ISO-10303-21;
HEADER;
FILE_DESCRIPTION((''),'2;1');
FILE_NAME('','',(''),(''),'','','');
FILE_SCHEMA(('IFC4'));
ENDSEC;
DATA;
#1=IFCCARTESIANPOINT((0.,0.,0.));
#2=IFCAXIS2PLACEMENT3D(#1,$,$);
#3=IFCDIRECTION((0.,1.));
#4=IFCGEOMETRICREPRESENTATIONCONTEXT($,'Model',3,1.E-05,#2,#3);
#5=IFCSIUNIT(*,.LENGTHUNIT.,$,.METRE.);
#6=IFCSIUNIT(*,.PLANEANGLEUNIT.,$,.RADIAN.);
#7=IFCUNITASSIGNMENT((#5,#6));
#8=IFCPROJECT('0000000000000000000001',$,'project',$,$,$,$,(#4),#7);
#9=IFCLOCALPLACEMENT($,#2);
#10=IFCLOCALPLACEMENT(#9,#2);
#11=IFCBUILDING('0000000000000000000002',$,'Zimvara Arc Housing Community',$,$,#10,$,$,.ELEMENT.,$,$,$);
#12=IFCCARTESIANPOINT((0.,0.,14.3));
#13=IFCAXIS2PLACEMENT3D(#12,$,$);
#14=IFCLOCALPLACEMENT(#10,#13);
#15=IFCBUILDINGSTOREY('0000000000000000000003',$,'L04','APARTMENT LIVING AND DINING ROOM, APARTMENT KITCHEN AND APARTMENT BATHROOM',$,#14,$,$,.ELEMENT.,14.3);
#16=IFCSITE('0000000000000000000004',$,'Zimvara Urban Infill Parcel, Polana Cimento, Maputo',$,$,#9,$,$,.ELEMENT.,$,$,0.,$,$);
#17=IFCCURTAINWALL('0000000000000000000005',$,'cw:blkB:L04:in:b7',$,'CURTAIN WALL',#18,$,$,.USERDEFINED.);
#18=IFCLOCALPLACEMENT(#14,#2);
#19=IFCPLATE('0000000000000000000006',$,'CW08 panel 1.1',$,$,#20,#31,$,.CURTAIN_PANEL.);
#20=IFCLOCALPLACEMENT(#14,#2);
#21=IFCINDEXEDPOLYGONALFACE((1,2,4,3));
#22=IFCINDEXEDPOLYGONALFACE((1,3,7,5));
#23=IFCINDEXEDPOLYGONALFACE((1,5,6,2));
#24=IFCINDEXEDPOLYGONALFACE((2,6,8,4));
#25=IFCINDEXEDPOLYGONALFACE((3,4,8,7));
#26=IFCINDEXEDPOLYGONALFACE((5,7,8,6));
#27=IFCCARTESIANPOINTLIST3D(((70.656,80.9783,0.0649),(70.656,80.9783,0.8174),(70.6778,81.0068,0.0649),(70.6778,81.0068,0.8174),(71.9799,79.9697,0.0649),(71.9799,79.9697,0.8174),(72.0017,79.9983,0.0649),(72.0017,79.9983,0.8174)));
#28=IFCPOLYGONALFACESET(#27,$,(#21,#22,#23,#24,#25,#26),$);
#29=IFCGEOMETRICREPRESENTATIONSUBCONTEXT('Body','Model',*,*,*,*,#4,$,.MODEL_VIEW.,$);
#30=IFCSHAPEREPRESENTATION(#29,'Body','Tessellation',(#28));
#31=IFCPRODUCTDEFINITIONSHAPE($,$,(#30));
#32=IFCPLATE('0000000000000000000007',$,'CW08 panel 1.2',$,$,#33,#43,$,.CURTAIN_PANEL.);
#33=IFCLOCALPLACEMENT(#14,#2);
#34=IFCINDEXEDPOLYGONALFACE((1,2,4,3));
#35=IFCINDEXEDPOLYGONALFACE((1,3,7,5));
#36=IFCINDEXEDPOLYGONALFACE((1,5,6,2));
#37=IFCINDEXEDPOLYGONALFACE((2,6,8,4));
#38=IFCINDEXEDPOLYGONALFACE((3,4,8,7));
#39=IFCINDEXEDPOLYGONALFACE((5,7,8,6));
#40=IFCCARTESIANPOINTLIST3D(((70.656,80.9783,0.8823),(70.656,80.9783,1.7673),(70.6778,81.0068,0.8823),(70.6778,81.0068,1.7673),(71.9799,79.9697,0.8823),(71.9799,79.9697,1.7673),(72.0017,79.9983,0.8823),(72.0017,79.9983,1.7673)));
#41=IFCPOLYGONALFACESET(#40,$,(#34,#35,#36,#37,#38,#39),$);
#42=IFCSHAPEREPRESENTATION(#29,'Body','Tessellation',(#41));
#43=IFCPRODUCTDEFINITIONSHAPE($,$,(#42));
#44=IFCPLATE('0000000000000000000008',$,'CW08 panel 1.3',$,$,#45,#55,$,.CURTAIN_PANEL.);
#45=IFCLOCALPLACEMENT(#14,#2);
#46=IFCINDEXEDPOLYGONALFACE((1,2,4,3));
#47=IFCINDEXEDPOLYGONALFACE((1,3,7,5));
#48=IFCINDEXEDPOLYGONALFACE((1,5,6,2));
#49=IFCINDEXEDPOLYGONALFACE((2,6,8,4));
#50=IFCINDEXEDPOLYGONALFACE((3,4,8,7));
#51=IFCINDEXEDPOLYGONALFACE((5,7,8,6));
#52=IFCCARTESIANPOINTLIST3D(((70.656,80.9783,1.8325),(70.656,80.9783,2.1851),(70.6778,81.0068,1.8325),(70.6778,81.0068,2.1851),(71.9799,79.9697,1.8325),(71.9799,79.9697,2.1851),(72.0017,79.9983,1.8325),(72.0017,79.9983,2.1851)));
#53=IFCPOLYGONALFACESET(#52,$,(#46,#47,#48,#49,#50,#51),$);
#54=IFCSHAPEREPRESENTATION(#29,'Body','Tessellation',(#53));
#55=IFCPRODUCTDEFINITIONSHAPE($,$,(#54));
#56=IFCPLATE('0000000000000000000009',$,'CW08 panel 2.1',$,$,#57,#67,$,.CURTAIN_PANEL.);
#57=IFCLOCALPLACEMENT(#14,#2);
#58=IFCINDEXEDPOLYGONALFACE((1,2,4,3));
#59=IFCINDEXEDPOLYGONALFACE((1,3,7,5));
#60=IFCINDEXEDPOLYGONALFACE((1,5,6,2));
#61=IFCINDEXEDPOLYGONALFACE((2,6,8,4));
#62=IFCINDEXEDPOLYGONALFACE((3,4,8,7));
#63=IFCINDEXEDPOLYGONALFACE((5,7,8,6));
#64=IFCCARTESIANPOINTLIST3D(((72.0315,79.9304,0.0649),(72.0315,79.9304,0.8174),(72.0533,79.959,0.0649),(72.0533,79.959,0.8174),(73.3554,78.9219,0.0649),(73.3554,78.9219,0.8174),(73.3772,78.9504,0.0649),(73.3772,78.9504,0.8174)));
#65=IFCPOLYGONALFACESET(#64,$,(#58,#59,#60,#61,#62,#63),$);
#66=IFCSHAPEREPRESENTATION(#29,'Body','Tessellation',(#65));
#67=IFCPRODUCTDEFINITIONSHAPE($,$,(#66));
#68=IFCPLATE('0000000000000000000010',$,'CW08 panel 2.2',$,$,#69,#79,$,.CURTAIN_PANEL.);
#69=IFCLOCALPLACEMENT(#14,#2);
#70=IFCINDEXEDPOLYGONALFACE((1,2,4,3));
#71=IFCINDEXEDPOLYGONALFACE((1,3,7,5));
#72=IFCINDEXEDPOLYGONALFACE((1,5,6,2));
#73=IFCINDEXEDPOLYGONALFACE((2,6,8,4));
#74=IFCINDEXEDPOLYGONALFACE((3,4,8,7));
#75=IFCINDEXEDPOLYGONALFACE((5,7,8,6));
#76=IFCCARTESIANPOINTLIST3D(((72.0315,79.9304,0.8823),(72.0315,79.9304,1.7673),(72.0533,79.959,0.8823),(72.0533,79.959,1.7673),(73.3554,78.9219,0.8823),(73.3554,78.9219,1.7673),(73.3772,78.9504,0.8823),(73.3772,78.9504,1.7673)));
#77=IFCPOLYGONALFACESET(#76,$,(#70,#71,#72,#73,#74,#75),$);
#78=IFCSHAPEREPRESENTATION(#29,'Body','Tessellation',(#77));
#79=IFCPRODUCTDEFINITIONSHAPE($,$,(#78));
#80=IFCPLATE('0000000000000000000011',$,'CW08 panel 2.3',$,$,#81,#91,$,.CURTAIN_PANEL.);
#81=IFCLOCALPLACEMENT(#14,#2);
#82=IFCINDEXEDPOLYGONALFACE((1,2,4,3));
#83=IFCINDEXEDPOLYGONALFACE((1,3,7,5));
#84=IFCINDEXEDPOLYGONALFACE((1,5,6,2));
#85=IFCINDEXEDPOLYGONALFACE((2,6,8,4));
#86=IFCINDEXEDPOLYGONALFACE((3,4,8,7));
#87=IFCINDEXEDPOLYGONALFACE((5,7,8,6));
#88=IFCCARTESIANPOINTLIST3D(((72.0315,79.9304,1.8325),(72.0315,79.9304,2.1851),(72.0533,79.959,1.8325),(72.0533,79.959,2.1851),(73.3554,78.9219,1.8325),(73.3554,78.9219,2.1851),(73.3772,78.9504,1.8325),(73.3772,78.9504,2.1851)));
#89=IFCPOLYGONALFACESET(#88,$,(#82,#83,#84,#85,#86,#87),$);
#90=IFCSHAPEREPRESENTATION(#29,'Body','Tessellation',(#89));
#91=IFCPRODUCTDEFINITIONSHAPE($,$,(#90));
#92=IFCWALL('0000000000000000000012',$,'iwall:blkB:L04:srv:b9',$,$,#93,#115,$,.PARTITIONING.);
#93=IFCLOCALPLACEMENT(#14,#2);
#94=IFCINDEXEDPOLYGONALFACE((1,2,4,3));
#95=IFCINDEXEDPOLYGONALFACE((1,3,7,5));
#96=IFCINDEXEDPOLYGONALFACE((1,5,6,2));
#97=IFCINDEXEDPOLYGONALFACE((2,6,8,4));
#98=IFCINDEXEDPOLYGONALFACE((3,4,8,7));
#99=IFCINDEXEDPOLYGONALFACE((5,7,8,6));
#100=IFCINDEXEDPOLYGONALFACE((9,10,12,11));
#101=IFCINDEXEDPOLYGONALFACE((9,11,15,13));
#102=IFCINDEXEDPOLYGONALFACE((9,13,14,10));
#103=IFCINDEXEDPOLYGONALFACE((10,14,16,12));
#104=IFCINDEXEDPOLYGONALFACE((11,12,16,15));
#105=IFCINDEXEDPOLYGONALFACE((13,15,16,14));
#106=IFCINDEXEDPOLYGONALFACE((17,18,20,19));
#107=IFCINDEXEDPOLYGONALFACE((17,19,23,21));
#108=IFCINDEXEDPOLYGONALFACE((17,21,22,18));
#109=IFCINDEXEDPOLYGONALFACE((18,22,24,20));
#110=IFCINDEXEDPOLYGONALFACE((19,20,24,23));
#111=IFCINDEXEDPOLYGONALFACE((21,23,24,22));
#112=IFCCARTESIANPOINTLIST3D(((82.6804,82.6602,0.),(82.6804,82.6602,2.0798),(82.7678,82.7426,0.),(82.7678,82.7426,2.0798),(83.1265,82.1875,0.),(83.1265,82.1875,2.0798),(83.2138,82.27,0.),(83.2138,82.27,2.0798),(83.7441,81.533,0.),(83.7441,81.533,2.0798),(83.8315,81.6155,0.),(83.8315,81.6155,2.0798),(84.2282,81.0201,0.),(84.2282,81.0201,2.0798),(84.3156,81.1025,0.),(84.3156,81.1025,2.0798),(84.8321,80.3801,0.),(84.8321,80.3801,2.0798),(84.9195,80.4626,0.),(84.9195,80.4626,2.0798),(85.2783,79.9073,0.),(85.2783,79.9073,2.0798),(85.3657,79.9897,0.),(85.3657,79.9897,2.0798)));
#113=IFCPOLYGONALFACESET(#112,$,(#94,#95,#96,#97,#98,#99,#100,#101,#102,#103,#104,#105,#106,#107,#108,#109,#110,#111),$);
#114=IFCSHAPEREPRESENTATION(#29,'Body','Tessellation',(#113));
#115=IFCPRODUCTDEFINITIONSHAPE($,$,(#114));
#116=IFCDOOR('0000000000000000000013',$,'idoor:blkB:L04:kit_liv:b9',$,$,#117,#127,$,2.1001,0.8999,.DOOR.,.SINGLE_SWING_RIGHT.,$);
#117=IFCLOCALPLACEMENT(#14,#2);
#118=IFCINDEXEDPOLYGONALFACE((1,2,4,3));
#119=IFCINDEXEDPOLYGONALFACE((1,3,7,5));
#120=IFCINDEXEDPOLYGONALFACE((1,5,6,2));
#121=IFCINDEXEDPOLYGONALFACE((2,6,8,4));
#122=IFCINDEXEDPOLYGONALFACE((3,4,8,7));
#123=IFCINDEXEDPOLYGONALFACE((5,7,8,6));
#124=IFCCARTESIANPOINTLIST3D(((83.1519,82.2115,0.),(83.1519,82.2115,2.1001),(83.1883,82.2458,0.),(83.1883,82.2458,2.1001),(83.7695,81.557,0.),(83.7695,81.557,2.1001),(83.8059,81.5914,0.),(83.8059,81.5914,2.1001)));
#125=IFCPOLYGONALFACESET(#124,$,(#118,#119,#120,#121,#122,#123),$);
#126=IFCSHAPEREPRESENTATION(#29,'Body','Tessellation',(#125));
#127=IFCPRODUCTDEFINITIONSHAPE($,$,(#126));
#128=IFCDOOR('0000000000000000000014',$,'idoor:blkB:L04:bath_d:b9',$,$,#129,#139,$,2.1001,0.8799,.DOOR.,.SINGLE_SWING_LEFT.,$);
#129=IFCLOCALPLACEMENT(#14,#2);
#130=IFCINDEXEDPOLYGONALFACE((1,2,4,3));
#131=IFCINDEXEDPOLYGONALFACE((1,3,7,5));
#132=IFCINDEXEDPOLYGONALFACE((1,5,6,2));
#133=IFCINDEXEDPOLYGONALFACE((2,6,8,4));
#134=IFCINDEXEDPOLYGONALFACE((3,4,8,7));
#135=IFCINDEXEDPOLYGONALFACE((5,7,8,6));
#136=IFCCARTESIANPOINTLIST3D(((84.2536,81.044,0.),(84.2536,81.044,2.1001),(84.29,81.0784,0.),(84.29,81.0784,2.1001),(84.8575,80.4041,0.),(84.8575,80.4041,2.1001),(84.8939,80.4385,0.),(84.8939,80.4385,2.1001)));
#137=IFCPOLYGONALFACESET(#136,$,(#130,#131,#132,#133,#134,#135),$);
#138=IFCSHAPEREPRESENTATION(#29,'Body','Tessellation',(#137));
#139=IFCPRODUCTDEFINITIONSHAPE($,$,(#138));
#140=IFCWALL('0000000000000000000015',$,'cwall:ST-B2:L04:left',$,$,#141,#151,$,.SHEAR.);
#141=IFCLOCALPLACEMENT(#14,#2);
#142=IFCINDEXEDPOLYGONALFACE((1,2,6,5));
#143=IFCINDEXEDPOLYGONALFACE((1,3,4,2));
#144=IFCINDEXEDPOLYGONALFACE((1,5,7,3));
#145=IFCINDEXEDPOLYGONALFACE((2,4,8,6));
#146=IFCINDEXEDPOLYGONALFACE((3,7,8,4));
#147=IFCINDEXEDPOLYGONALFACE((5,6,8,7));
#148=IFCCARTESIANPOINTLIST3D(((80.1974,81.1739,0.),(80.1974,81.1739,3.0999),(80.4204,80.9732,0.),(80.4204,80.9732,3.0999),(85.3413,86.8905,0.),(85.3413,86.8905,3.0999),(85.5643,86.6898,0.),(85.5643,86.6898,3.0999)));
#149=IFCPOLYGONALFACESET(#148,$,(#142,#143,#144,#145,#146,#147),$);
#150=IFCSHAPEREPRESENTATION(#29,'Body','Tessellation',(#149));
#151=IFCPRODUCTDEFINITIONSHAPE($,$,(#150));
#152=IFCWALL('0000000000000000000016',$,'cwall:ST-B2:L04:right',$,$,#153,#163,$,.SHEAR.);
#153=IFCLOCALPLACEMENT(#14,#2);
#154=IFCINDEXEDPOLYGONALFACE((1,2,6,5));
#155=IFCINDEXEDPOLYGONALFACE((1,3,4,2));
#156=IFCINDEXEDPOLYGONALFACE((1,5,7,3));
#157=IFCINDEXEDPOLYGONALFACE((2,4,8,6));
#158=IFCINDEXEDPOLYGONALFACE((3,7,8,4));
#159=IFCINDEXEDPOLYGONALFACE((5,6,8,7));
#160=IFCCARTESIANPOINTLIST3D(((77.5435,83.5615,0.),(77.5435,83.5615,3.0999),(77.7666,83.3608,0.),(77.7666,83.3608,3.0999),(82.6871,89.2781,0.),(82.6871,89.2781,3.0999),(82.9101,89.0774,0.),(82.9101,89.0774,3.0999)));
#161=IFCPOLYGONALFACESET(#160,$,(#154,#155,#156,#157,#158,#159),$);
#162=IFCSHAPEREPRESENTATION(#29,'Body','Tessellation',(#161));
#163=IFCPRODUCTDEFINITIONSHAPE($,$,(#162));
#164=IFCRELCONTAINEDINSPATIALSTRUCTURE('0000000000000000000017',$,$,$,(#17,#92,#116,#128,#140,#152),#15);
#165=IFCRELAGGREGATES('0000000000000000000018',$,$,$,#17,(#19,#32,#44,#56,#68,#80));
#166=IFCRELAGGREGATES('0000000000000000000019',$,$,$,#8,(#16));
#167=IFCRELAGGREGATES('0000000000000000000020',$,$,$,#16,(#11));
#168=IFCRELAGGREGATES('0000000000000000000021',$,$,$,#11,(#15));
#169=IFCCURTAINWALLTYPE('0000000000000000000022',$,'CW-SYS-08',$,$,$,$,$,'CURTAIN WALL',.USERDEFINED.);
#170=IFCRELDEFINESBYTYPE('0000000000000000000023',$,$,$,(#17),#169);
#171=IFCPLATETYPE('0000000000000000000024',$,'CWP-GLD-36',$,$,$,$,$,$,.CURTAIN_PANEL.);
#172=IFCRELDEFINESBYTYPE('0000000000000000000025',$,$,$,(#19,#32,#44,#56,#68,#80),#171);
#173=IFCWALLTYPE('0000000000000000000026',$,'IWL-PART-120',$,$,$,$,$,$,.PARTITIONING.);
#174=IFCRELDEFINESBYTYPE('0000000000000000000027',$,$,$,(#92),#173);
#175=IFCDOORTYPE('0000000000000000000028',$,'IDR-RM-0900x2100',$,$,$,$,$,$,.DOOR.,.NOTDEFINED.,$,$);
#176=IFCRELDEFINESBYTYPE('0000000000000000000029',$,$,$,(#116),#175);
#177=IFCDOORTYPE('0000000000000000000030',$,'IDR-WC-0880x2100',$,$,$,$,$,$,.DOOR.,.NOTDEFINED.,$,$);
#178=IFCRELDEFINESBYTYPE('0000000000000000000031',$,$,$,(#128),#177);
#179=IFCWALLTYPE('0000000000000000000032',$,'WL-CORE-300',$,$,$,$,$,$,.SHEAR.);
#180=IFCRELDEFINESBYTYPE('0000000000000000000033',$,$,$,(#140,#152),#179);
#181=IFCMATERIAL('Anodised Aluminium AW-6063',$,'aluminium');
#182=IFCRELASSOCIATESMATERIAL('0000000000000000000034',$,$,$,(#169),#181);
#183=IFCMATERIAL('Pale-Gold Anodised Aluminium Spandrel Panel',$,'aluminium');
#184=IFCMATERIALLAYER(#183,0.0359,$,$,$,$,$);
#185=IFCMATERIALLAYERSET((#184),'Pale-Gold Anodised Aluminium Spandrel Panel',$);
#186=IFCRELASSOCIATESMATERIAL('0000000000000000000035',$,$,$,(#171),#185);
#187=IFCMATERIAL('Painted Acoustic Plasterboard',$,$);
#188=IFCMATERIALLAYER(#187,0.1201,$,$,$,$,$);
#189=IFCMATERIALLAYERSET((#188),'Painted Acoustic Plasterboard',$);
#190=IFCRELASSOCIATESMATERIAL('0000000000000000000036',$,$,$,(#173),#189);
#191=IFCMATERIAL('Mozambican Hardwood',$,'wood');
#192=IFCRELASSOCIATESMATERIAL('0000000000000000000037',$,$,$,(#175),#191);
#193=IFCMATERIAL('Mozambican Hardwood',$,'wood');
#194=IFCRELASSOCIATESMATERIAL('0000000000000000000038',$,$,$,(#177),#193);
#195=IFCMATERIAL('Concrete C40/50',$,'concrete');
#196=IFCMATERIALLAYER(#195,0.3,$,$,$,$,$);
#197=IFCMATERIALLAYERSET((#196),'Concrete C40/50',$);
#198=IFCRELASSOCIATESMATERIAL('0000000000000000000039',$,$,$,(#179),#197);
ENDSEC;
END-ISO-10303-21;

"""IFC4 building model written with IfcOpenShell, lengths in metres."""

from ifc_helpers import new_model, si_unit, direction, frame, frame_2d, origin, origin_2d, place, context, subcontext, project, spatial, rectangle, extrude, material, layer, layer_set, type_object, element, fill, aggregate, save


model = new_model("IFC4")

# Units and contexts
model_context = context("Model", 3, precision=1e-05, world=origin(), true_north=direction((0.0, 1.0)))
body_context = subcontext(model_context, "Body", "Model", "MODEL_VIEW")
ifc_project = project(units=[si_unit("LENGTHUNIT", "METRE"), si_unit("PLANEANGLEUNIT", "RADIAN")], contexts=[model_context])

# Site, building, storey
site_placement = place(None, origin())
site = spatial("IfcSite", under=ifc_project, at=site_placement, Name="Zimvara Urban Infill Parcel, Polana Cimento, Maputo", CompositionType="ELEMENT", RefElevation=0.0)
building_placement = place(site_placement, origin())
building = spatial("IfcBuilding", under=site, at=building_placement, Name="Zimvara Arc Housing Community", CompositionType="ELEMENT")
storey_placement = place(building_placement, frame((0.0, 0.0, 14.3)))
storey = spatial("IfcBuildingStorey", under=building, at=storey_placement, Name="L04", Description="APARTMENT LIVING AND DINING ROOM, APARTMENT KITCHEN AND APARTMENT BATHROOM", CompositionType="ELEMENT", Elevation=14.3)

# Curtain wall, plates
ifc_material_1 = material(Name="Anodised Aluminium AW-6063", Category="aluminium")
curtain_wall_type = type_object("IfcCurtainWallType", Name="CW-SYS-08", ElementType="CURTAIN WALL", PredefinedType="USERDEFINED", material=ifc_material_1)
curtain_wall_placement = place(storey_placement, origin())
curtain_wall = element("IfcCurtainWall", 1, at=curtain_wall_placement, inside=storey, type_object=curtain_wall_type, Name="cw:blkB:L04:in:b7", ObjectType="CURTAIN WALL", PredefinedType="USERDEFINED")
ifc_material_2 = material(Name="Pale-Gold Anodised Aluminium Spandrel Panel", Category="aluminium")
ifc_layer_1 = layer(ifc_material_2, 0.0359)
ifc_layer_set_1 = layer_set([ifc_layer_1], Name="Pale-Gold Anodised Aluminium Spandrel Panel")
plate_type = type_object("IfcPlateType", Name="CWP-GLD-36", PredefinedType="CURTAIN_PANEL", material=ifc_layer_set_1)
plate_1_placement = place(storey_placement, frame((71.3289, 80.4883, 0.0649), z_axis=(0.0, 0.0, 1.0), x_axis=(0.795474, -0.605988, 0.0)))
plate_1 = element("IfcPlate", 2, at=plate_1_placement, type_object=plate_type, Name="CW08 panel 1.1", PredefinedType="CURTAIN_PANEL", context=body_context, shape_type="SweptSolid", body=[
    extrude(rectangle(XDim=1.6643, YDim=0.0359, at=origin_2d()), origin(), (0.0, 0.0, 1.0), 0.7524),
])
plate_2_placement = place(storey_placement, frame((71.3289, 80.4883, 0.8823), z_axis=(0.0, 0.0, 1.0), x_axis=(0.795474, -0.605988, 0.0)))
plate_2 = element("IfcPlate", 3, at=plate_2_placement, type_object=plate_type, Name="CW08 panel 1.2", PredefinedType="CURTAIN_PANEL", context=body_context, shape_type="SweptSolid", body=[
    extrude(rectangle(XDim=1.6643, YDim=0.0359, at=origin_2d()), origin(), (0.0, 0.0, 1.0), 0.885),
])
plate_3_placement = place(storey_placement, frame((71.3289, 80.4883, 1.8325), z_axis=(0.0, 0.0, 1.0), x_axis=(0.795474, -0.605988, 0.0)))
plate_3 = element("IfcPlate", 4, at=plate_3_placement, type_object=plate_type, Name="CW08 panel 1.3", PredefinedType="CURTAIN_PANEL", context=body_context, shape_type="SweptSolid", body=[
    extrude(rectangle(XDim=1.6643, YDim=0.0359, at=origin_2d()), origin(), (0.0, 0.0, 1.0), 0.3525),
])
plate_4_placement = place(storey_placement, frame((72.7043, 79.4404, 0.0649), z_axis=(0.0, 0.0, 1.0), x_axis=(0.795474, -0.605988, 0.0)))
plate_4 = element("IfcPlate", 5, at=plate_4_placement, type_object=plate_type, Name="CW08 panel 2.1", PredefinedType="CURTAIN_PANEL", context=body_context, shape_type="SweptSolid", body=[
    extrude(rectangle(XDim=1.6643, YDim=0.0359, at=origin_2d()), origin(), (0.0, 0.0, 1.0), 0.7524),
])
plate_5_placement = place(storey_placement, frame((72.7043, 79.4404, 0.8823), z_axis=(0.0, 0.0, 1.0), x_axis=(0.795474, -0.605988, 0.0)))
plate_5 = element("IfcPlate", 6, at=plate_5_placement, type_object=plate_type, Name="CW08 panel 2.2", PredefinedType="CURTAIN_PANEL", context=body_context, shape_type="SweptSolid", body=[
    extrude(rectangle(XDim=1.6643, YDim=0.0359, at=origin_2d()), origin(), (0.0, 0.0, 1.0), 0.885),
])
plate_6_placement = place(storey_placement, frame((72.7043, 79.4404, 1.8325), z_axis=(0.0, 0.0, 1.0), x_axis=(0.795474, -0.605988, 0.0)))
plate_6 = element("IfcPlate", 7, at=plate_6_placement, type_object=plate_type, Name="CW08 panel 2.3", PredefinedType="CURTAIN_PANEL", context=body_context, shape_type="SweptSolid", body=[
    extrude(rectangle(XDim=1.6643, YDim=0.0359, at=origin_2d()), origin(), (0.0, 0.0, 1.0), 0.3525),
])
aggregate(curtain_wall, [plate_1, plate_2, plate_3, plate_4, plate_5, plate_6])

# Wall, openings, doors
ifc_material_3 = material(Name="Painted Acoustic Plasterboard")
ifc_layer_2 = layer(ifc_material_3, 0.1201)
ifc_layer_set_2 = layer_set([ifc_layer_2], Name="Painted Acoustic Plasterboard")
wall_type_1 = type_object("IfcWallType", Name="IWL-PART-120", PredefinedType="PARTITIONING", material=ifc_layer_set_2)
wall_1_placement = place(storey_placement, frame((82.7241, 82.7014, 0.0), z_axis=(0.0, 0.0, 1.0), x_axis=(0.686332, -0.727289, 0.0)))
wall_1 = element("IfcWall", 8, at=wall_1_placement, inside=storey, type_object=wall_type_1, Name="iwall:blkB:L04:srv:b9", PredefinedType="PARTITIONING", context=body_context, shape_type="SweptSolid", body=[
    extrude(rectangle(XDim=3.7852, YDim=0.1201, at=frame_2d((1.8926, 0.0))), origin(), (0.0, 0.0, 1.0), 2.0798),
])
opening_1_placement = place(wall_1_placement, frame((0.6499, 0.0, 0.0)))
opening_1 = element("IfcOpeningElement", 9, at=opening_1_placement, cuts=wall_1, PredefinedType="OPENING", context=body_context, shape_type="SweptSolid", body=[
    extrude(rectangle(XDim=0.8999, YDim=2.1001, at=frame_2d((0.45, 1.05))), frame((0.0, 0.0701, 0.0), z_axis=(0.0, -1.0, 0.0), x_axis=(1.0, 0.0, 0.0)), (0.0, 0.0, 1.0), 0.1401),
])
opening_2_placement = place(wall_1_placement, frame((2.2551, 0.0, 0.0)))
opening_2 = element("IfcOpeningElement", 10, at=opening_2_placement, cuts=wall_1, PredefinedType="OPENING", context=body_context, shape_type="SweptSolid", body=[
    extrude(rectangle(XDim=0.8799, YDim=2.1001, at=frame_2d((0.4399, 1.05))), frame((0.0, 0.0701, 0.0), z_axis=(0.0, -1.0, 0.0), x_axis=(1.0, 0.0, 0.0)), (0.0, 0.0, 1.0), 0.1401),
])
ifc_material_4 = material(Name="Mozambican Hardwood", Category="wood")
door_type_1 = type_object("IfcDoorType", Name="IDR-RM-0900x2100", OperationType="NOTDEFINED", PredefinedType="DOOR", material=ifc_material_4)
door_1_placement = place(opening_1_placement, origin())
door_1 = element("IfcDoor", 11, at=door_1_placement, inside=storey, type_object=door_type_1, Name="idoor:blkB:L04:kit_liv:b9", OperationType="SINGLE_SWING_RIGHT", OverallHeight=2.1001, OverallWidth=0.8999, PredefinedType="DOOR", context=body_context, shape_type="SweptSolid", body=[
    extrude(rectangle(XDim=0.8999, YDim=2.1001, at=frame_2d((0.45, 1.05))), frame((0.0, 0.0249, 0.0), z_axis=(0.0, -1.0, 0.0), x_axis=(1.0, 0.0, 0.0)), (0.0, 0.0, 1.0), 0.05),
])
fill(opening_1, door_1)
ifc_material_5 = material(Name="Mozambican Hardwood", Category="wood")
door_type_2 = type_object("IfcDoorType", Name="IDR-WC-0880x2100", OperationType="NOTDEFINED", PredefinedType="DOOR", material=ifc_material_5)
door_2_placement = place(opening_2_placement, origin())
door_2 = element("IfcDoor", 12, at=door_2_placement, inside=storey, type_object=door_type_2, Name="idoor:blkB:L04:bath_d:b9", OperationType="SINGLE_SWING_LEFT", OverallHeight=2.1001, OverallWidth=0.8799, PredefinedType="DOOR", context=body_context, shape_type="SweptSolid", body=[
    extrude(rectangle(XDim=0.8799, YDim=2.1001, at=frame_2d((0.4399, 1.05))), frame((0.0, 0.0249, 0.0), z_axis=(0.0, -1.0, 0.0), x_axis=(1.0, 0.0, 0.0)), (0.0, 0.0, 1.0), 0.05),
])
fill(opening_2, door_2)

# Shared definitions
ifc_material_6 = material(Name="Concrete C40/50", Category="concrete")
ifc_layer_3 = layer(ifc_material_6, 0.3)
ifc_layer_set_3 = layer_set([ifc_layer_3], Name="Concrete C40/50")
wall_type_2 = type_object("IfcWallType", Name="WL-CORE-300", PredefinedType="SHEAR", material=ifc_layer_set_3)

# Walls
wall_2_placement = place(storey_placement, frame((80.3088, 81.0735, 0.0), z_axis=(0.0, 0.0, 1.0), x_axis=(0.668886, 0.743365, 0.0)))
element("IfcWall", 13, at=wall_2_placement, inside=storey, type_object=wall_type_2, Name="cwall:ST-B2:L04:left", PredefinedType="SHEAR", context=body_context, shape_type="SweptSolid", body=[
    extrude(rectangle(XDim=7.6902, YDim=0.3, at=frame_2d((3.8452, 0.0))), origin(), (0.0, 0.0, 1.0), 3.0999),
])
wall_3_placement = place(storey_placement, frame((77.655, 83.4612, 0.0), z_axis=(0.0, 0.0, 1.0), x_axis=(0.668868, 0.743381, 0.0)))
element("IfcWall", 14, at=wall_3_placement, inside=storey, type_object=wall_type_2, Name="cwall:ST-B2:L04:right", PredefinedType="SHEAR", context=body_context, shape_type="SweptSolid", body=[
    extrude(rectangle(XDim=7.6899, YDim=0.3, at=frame_2d((3.845, 0.0))), origin(), (0.0, 0.0, 1.0), 3.0999),
])

save(model, "model.ifc")
